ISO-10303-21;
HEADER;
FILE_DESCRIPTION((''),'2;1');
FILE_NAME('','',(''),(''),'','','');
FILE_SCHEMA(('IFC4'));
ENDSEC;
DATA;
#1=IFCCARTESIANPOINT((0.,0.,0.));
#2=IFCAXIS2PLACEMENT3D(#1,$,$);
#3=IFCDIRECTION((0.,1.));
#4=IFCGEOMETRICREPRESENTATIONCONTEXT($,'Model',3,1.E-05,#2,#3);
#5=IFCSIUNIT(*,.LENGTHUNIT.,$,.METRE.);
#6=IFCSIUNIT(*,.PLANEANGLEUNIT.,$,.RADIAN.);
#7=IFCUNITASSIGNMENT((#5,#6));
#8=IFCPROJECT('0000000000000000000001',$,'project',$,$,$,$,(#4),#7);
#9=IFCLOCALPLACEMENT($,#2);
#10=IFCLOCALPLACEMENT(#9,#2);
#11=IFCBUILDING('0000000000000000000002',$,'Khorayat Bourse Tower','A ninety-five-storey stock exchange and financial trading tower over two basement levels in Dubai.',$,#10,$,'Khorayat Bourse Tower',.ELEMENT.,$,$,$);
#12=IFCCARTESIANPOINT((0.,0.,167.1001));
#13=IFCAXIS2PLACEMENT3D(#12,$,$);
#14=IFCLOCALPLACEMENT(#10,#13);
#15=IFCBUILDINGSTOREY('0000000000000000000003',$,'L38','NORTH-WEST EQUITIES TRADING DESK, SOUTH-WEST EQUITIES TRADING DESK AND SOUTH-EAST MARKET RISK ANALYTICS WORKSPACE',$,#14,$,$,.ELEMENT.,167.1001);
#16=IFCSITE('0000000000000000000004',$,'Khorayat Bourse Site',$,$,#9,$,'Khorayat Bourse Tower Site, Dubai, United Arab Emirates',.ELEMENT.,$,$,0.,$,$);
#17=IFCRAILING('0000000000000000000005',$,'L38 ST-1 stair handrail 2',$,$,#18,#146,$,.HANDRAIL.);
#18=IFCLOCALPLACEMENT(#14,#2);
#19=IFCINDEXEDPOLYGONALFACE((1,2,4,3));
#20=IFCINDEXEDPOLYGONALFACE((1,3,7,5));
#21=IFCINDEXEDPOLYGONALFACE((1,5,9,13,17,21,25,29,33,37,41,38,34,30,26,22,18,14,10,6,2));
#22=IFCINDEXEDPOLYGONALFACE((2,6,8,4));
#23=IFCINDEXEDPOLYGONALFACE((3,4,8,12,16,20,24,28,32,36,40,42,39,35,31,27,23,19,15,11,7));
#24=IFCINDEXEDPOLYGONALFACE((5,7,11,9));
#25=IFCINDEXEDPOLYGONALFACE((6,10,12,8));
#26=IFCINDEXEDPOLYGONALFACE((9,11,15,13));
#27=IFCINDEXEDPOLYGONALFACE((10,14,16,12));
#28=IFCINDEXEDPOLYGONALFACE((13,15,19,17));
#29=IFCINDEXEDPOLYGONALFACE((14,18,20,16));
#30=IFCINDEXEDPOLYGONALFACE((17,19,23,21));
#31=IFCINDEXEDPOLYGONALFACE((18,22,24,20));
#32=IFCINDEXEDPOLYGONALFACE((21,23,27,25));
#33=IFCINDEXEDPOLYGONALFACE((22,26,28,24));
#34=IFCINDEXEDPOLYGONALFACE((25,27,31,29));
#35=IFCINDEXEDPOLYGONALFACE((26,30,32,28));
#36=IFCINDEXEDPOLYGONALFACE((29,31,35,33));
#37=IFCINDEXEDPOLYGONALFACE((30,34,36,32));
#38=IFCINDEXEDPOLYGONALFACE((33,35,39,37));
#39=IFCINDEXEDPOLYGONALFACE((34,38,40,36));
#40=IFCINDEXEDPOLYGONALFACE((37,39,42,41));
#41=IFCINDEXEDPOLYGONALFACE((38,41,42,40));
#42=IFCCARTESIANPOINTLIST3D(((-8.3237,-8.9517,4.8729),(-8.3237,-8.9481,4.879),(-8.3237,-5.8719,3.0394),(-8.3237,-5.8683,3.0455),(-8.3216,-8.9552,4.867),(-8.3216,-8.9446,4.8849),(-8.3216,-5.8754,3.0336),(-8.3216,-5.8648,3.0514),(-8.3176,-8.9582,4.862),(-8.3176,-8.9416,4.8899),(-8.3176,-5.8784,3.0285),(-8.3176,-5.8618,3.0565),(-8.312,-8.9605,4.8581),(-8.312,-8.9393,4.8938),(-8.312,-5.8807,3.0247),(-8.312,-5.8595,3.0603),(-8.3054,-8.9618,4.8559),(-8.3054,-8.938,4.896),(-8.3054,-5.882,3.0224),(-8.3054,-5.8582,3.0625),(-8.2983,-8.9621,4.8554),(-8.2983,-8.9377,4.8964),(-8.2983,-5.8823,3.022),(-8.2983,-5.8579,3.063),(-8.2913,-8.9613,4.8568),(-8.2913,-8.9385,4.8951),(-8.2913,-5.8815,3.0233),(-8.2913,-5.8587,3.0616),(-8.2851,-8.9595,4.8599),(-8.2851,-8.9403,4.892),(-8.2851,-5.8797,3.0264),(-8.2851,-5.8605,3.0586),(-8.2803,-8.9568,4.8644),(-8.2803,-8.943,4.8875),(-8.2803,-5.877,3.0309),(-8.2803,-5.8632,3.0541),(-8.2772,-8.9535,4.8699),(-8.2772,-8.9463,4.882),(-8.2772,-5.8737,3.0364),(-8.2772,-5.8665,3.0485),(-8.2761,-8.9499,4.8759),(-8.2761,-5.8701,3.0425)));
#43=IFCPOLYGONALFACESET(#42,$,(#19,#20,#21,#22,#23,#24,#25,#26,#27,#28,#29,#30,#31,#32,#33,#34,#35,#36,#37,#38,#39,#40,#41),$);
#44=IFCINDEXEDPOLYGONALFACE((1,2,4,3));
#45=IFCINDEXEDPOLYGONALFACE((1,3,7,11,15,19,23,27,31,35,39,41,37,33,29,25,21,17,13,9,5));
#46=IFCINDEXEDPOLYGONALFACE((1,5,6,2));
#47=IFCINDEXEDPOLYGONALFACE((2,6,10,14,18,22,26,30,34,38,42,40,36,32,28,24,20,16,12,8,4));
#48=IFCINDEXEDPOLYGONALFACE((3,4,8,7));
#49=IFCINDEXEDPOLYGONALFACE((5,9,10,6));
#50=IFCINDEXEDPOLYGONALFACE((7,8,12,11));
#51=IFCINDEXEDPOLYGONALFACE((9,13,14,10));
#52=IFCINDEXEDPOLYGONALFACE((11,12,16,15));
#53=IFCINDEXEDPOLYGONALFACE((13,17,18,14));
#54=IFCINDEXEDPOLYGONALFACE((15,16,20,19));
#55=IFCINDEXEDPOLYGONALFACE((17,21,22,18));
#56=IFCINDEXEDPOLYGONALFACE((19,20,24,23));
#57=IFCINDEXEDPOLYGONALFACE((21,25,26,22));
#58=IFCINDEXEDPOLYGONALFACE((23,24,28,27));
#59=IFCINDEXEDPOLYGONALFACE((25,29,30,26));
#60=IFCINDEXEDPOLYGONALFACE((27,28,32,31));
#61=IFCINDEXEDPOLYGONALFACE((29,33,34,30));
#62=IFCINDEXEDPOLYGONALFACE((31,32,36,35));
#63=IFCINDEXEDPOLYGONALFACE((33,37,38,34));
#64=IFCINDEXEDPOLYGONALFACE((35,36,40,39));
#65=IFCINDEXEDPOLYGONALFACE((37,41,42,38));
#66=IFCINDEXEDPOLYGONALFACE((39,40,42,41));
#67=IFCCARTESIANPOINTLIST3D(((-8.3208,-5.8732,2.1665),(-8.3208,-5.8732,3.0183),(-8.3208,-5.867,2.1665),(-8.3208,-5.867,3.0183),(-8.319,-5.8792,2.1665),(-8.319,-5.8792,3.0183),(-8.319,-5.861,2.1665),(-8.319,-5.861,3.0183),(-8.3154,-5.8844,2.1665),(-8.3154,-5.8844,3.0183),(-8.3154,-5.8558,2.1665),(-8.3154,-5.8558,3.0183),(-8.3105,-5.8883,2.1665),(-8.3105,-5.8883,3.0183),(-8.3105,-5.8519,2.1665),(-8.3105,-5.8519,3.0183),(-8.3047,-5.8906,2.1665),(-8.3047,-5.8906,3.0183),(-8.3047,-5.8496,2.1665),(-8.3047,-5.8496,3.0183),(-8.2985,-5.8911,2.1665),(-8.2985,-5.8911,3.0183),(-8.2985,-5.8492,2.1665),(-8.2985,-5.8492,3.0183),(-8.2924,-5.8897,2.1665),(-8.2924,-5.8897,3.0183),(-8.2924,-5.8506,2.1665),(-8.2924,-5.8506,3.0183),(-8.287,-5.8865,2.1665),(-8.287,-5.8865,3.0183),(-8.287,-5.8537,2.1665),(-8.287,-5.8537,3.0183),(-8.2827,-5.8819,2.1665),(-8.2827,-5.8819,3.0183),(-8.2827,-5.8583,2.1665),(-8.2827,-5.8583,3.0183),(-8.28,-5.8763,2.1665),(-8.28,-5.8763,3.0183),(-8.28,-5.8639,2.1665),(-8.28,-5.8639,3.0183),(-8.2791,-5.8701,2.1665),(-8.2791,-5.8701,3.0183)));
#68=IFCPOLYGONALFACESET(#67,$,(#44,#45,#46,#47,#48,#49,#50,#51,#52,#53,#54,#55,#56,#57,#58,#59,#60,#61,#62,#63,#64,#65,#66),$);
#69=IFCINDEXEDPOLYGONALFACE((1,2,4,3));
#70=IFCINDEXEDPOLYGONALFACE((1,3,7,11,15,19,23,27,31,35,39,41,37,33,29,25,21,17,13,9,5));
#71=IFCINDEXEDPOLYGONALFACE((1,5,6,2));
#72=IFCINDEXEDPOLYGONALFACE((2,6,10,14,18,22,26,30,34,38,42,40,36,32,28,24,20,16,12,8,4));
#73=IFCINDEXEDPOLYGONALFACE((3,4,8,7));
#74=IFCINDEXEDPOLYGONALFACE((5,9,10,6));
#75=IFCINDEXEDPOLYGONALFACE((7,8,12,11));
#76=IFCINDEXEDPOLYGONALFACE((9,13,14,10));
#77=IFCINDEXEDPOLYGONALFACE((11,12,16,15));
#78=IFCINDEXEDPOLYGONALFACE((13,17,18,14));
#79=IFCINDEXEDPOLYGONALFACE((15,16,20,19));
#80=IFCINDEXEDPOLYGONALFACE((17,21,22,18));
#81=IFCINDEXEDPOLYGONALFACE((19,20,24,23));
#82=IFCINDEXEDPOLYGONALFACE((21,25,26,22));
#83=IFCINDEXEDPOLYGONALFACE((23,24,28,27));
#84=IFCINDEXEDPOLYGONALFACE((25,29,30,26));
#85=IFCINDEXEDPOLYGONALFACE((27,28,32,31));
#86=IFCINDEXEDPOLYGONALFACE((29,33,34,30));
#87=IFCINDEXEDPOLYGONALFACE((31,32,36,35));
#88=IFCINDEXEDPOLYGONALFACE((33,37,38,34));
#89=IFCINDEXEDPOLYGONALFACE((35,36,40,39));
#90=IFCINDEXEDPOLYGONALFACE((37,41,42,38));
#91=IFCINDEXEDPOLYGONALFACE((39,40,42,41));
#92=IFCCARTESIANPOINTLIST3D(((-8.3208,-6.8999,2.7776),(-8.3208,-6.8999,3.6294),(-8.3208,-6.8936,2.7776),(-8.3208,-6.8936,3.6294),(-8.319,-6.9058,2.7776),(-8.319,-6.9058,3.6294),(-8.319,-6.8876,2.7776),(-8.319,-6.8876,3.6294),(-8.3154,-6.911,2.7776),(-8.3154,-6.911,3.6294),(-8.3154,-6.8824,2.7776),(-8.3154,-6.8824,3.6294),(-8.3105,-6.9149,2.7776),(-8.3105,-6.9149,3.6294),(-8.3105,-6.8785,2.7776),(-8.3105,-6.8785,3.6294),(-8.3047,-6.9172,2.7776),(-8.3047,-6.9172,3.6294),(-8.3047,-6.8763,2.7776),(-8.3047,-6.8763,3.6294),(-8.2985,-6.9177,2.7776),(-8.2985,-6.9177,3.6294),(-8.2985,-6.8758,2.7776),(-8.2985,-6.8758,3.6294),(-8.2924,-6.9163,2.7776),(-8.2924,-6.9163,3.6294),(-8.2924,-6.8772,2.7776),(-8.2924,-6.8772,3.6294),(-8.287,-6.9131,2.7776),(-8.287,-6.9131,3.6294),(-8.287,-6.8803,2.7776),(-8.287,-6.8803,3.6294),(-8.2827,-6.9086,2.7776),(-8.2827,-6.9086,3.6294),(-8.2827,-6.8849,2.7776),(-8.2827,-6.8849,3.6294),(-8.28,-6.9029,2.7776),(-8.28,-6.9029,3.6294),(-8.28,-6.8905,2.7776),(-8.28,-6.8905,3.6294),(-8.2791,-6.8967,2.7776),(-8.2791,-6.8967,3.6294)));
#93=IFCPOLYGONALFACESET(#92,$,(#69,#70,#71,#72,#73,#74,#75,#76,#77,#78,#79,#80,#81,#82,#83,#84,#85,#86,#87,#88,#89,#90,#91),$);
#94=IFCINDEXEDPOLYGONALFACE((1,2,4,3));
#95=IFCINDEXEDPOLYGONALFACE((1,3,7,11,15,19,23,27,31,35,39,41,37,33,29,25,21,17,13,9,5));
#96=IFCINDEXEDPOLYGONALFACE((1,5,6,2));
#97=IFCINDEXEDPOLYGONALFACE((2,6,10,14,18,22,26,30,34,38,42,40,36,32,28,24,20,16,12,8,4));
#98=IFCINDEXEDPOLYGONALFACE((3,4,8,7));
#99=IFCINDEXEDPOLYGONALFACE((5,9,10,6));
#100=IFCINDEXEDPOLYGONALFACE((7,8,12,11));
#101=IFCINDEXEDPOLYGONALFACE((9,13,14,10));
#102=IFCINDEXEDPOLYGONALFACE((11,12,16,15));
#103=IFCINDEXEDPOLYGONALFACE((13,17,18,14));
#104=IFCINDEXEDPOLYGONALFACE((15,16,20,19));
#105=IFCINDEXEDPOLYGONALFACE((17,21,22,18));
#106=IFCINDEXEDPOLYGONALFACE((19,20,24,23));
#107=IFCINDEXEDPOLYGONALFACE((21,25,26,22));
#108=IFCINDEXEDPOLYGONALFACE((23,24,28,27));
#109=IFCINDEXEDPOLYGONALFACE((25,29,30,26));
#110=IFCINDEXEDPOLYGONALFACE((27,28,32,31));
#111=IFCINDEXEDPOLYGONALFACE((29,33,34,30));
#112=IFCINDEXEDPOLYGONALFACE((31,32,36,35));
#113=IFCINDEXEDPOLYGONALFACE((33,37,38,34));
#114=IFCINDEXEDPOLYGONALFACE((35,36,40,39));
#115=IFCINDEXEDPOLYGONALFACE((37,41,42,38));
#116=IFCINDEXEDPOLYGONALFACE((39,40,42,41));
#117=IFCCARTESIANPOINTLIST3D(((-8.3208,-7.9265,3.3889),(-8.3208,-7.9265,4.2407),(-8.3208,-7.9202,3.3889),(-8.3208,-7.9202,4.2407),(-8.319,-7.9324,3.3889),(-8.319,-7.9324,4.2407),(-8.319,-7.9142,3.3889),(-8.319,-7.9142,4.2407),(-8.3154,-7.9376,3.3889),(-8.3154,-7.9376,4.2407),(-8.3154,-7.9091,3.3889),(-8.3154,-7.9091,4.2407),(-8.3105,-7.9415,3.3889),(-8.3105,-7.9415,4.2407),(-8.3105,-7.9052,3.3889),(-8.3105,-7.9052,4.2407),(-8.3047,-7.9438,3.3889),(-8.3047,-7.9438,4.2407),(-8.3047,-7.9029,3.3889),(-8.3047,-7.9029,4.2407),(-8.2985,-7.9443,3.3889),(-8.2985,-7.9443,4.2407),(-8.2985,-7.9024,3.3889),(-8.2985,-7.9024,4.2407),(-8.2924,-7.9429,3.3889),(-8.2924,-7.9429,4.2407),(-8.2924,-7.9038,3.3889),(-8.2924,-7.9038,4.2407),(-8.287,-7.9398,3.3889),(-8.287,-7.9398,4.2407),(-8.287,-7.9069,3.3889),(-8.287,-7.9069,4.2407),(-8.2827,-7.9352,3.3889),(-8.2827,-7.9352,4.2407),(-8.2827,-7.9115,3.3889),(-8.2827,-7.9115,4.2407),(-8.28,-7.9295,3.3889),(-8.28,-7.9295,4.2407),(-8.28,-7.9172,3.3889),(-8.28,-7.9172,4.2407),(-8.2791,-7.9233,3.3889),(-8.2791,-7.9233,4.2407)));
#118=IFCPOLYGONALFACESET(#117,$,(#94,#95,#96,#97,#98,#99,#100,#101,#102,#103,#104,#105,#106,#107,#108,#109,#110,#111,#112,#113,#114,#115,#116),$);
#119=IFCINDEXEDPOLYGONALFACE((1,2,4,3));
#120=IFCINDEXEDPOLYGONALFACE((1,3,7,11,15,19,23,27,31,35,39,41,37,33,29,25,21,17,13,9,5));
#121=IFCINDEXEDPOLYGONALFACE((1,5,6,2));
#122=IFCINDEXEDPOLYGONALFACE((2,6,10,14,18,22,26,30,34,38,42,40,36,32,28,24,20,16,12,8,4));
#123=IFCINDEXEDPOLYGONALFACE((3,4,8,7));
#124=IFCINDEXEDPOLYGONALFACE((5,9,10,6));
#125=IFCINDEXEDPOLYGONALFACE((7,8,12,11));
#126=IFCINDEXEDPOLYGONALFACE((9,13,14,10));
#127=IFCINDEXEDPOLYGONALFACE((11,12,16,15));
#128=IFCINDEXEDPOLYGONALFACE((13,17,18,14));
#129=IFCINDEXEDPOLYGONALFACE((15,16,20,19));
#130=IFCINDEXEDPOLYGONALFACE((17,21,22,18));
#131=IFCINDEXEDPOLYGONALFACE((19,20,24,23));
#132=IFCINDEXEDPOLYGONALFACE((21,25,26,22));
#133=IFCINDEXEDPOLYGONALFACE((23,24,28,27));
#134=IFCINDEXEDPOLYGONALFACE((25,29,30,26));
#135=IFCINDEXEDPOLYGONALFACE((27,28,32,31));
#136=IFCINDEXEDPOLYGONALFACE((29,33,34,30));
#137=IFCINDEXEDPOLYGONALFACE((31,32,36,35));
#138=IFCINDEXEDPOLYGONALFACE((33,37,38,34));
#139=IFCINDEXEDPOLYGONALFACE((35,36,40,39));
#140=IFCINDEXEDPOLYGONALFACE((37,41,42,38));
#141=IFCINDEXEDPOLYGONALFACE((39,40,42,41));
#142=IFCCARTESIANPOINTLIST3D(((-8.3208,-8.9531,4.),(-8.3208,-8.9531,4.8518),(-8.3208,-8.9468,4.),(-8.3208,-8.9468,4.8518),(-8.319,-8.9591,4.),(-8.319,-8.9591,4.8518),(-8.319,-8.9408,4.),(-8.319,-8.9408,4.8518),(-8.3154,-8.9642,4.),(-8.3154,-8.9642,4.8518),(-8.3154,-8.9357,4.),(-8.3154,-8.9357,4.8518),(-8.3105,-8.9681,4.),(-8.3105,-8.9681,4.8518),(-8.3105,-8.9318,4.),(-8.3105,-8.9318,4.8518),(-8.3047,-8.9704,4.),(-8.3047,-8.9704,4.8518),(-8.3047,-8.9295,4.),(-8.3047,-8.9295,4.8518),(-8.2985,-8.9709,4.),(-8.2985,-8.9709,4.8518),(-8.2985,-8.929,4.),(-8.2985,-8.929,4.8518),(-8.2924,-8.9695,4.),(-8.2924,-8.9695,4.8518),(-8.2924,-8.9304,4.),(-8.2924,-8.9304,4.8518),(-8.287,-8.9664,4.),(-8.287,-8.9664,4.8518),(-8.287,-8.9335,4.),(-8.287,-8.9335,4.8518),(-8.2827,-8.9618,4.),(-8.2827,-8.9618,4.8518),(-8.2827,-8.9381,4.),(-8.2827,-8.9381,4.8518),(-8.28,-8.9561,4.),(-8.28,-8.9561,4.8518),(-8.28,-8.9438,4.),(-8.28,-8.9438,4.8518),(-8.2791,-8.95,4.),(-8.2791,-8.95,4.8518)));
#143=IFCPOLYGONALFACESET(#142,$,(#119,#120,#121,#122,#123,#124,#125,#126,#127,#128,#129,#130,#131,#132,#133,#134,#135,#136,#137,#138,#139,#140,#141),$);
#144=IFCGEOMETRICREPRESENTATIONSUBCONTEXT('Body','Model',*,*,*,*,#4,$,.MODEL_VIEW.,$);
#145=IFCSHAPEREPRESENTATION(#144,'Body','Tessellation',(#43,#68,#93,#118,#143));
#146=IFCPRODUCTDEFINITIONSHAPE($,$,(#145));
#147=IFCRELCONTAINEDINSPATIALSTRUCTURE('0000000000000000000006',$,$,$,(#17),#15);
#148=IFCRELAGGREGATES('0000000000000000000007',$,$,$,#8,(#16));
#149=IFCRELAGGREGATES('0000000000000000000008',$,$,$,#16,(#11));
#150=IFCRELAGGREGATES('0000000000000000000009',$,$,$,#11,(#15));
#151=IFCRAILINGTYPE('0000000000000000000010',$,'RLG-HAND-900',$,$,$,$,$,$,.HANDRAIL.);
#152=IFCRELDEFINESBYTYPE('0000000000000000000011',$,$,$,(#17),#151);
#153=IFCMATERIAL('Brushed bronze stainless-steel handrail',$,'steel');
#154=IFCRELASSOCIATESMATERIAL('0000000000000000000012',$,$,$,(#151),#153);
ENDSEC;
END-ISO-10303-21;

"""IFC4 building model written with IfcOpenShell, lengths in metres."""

from ifc_helpers import new_model, si_unit, direction, frame, origin, origin_2d, place, context, subcontext, project, spatial, circle, extrude, source, transform, mapped, material, type_object, element, save


model = new_model("IFC4")

# Units and contexts
model_context = context("Model", 3, precision=1e-05, world=origin(), true_north=direction((0.0, 1.0)))
body_context = subcontext(model_context, "Body", "Model", "MODEL_VIEW")
ifc_project = project(units=[si_unit("LENGTHUNIT", "METRE"), si_unit("PLANEANGLEUNIT", "RADIAN")], contexts=[model_context])

# Site, building, storey
site_placement = place(None, origin())
site = spatial("IfcSite", under=ifc_project, at=site_placement, Name="Khorayat Bourse Site", LongName="Khorayat Bourse Tower Site, Dubai, United Arab Emirates", CompositionType="ELEMENT", RefElevation=0.0)
building_placement = place(site_placement, origin())
building = spatial("IfcBuilding", under=site, at=building_placement, Name="Khorayat Bourse Tower", Description="A ninety-five-storey stock exchange and financial trading tower over two basement levels in Dubai.", LongName="Khorayat Bourse Tower", CompositionType="ELEMENT")
storey_placement = place(building_placement, frame((0.0, 0.0, 167.1001)))
storey = spatial("IfcBuildingStorey", under=building, at=storey_placement, Name="L38", Description="NORTH-WEST EQUITIES TRADING DESK, SOUTH-WEST EQUITIES TRADING DESK AND SOUTH-EAST MARKET RISK ANALYTICS WORKSPACE", CompositionType="ELEMENT", Elevation=167.1001)

# Railing
ifc_material_1 = material(Name="Brushed bronze stainless-steel handrail", Category="steel")
railing_type_1 = type_object("IfcRailingType", Name="RLG-HAND-900", PredefinedType="HANDRAIL", material=ifc_material_1)
shared_shape_1 = source(origin(), body_context, "Body", "SweptSolid", [
    extrude(circle(Radius=0.0239, at=origin_2d()), frame((0.0, 0.0, 0.876), z_axis=(0.0, -0.859261, 0.511538), x_axis=(1.0, 0.0, 0.0)), (0.0, 0.0, 1.0), 3.5842),
    extrude(circle(Radius=0.021, at=origin_2d()), origin(), (0.0, 0.0, 1.0), 0.8518),
    extrude(circle(Radius=0.021, at=origin_2d()), frame((0.0, -1.0266, 0.6111)), (0.0, 0.0, 1.0), 0.8518),
    extrude(circle(Radius=0.021, at=origin_2d()), frame((0.0, -2.0532, 1.2224)), (0.0, 0.0, 1.0), 0.8518),
    extrude(circle(Radius=0.021, at=origin_2d()), frame((0.0, -3.0798, 1.8335)), (0.0, 0.0, 1.0), 0.8518),
])
railing_1_placement = place(storey_placement, frame((-8.3, -5.8701, 2.1665)))
element("IfcRailing", 1, at=railing_1_placement, inside=storey, type_object=railing_type_1, Name="L38 ST-1 stair handrail 2", PredefinedType="HANDRAIL", context=body_context, shape_type="MappedRepresentation", body=[
    mapped(shared_shape_1, transform((0.0, 0.0, 0.0), scale=1.0)),
])

save(model, "model.ifc")
